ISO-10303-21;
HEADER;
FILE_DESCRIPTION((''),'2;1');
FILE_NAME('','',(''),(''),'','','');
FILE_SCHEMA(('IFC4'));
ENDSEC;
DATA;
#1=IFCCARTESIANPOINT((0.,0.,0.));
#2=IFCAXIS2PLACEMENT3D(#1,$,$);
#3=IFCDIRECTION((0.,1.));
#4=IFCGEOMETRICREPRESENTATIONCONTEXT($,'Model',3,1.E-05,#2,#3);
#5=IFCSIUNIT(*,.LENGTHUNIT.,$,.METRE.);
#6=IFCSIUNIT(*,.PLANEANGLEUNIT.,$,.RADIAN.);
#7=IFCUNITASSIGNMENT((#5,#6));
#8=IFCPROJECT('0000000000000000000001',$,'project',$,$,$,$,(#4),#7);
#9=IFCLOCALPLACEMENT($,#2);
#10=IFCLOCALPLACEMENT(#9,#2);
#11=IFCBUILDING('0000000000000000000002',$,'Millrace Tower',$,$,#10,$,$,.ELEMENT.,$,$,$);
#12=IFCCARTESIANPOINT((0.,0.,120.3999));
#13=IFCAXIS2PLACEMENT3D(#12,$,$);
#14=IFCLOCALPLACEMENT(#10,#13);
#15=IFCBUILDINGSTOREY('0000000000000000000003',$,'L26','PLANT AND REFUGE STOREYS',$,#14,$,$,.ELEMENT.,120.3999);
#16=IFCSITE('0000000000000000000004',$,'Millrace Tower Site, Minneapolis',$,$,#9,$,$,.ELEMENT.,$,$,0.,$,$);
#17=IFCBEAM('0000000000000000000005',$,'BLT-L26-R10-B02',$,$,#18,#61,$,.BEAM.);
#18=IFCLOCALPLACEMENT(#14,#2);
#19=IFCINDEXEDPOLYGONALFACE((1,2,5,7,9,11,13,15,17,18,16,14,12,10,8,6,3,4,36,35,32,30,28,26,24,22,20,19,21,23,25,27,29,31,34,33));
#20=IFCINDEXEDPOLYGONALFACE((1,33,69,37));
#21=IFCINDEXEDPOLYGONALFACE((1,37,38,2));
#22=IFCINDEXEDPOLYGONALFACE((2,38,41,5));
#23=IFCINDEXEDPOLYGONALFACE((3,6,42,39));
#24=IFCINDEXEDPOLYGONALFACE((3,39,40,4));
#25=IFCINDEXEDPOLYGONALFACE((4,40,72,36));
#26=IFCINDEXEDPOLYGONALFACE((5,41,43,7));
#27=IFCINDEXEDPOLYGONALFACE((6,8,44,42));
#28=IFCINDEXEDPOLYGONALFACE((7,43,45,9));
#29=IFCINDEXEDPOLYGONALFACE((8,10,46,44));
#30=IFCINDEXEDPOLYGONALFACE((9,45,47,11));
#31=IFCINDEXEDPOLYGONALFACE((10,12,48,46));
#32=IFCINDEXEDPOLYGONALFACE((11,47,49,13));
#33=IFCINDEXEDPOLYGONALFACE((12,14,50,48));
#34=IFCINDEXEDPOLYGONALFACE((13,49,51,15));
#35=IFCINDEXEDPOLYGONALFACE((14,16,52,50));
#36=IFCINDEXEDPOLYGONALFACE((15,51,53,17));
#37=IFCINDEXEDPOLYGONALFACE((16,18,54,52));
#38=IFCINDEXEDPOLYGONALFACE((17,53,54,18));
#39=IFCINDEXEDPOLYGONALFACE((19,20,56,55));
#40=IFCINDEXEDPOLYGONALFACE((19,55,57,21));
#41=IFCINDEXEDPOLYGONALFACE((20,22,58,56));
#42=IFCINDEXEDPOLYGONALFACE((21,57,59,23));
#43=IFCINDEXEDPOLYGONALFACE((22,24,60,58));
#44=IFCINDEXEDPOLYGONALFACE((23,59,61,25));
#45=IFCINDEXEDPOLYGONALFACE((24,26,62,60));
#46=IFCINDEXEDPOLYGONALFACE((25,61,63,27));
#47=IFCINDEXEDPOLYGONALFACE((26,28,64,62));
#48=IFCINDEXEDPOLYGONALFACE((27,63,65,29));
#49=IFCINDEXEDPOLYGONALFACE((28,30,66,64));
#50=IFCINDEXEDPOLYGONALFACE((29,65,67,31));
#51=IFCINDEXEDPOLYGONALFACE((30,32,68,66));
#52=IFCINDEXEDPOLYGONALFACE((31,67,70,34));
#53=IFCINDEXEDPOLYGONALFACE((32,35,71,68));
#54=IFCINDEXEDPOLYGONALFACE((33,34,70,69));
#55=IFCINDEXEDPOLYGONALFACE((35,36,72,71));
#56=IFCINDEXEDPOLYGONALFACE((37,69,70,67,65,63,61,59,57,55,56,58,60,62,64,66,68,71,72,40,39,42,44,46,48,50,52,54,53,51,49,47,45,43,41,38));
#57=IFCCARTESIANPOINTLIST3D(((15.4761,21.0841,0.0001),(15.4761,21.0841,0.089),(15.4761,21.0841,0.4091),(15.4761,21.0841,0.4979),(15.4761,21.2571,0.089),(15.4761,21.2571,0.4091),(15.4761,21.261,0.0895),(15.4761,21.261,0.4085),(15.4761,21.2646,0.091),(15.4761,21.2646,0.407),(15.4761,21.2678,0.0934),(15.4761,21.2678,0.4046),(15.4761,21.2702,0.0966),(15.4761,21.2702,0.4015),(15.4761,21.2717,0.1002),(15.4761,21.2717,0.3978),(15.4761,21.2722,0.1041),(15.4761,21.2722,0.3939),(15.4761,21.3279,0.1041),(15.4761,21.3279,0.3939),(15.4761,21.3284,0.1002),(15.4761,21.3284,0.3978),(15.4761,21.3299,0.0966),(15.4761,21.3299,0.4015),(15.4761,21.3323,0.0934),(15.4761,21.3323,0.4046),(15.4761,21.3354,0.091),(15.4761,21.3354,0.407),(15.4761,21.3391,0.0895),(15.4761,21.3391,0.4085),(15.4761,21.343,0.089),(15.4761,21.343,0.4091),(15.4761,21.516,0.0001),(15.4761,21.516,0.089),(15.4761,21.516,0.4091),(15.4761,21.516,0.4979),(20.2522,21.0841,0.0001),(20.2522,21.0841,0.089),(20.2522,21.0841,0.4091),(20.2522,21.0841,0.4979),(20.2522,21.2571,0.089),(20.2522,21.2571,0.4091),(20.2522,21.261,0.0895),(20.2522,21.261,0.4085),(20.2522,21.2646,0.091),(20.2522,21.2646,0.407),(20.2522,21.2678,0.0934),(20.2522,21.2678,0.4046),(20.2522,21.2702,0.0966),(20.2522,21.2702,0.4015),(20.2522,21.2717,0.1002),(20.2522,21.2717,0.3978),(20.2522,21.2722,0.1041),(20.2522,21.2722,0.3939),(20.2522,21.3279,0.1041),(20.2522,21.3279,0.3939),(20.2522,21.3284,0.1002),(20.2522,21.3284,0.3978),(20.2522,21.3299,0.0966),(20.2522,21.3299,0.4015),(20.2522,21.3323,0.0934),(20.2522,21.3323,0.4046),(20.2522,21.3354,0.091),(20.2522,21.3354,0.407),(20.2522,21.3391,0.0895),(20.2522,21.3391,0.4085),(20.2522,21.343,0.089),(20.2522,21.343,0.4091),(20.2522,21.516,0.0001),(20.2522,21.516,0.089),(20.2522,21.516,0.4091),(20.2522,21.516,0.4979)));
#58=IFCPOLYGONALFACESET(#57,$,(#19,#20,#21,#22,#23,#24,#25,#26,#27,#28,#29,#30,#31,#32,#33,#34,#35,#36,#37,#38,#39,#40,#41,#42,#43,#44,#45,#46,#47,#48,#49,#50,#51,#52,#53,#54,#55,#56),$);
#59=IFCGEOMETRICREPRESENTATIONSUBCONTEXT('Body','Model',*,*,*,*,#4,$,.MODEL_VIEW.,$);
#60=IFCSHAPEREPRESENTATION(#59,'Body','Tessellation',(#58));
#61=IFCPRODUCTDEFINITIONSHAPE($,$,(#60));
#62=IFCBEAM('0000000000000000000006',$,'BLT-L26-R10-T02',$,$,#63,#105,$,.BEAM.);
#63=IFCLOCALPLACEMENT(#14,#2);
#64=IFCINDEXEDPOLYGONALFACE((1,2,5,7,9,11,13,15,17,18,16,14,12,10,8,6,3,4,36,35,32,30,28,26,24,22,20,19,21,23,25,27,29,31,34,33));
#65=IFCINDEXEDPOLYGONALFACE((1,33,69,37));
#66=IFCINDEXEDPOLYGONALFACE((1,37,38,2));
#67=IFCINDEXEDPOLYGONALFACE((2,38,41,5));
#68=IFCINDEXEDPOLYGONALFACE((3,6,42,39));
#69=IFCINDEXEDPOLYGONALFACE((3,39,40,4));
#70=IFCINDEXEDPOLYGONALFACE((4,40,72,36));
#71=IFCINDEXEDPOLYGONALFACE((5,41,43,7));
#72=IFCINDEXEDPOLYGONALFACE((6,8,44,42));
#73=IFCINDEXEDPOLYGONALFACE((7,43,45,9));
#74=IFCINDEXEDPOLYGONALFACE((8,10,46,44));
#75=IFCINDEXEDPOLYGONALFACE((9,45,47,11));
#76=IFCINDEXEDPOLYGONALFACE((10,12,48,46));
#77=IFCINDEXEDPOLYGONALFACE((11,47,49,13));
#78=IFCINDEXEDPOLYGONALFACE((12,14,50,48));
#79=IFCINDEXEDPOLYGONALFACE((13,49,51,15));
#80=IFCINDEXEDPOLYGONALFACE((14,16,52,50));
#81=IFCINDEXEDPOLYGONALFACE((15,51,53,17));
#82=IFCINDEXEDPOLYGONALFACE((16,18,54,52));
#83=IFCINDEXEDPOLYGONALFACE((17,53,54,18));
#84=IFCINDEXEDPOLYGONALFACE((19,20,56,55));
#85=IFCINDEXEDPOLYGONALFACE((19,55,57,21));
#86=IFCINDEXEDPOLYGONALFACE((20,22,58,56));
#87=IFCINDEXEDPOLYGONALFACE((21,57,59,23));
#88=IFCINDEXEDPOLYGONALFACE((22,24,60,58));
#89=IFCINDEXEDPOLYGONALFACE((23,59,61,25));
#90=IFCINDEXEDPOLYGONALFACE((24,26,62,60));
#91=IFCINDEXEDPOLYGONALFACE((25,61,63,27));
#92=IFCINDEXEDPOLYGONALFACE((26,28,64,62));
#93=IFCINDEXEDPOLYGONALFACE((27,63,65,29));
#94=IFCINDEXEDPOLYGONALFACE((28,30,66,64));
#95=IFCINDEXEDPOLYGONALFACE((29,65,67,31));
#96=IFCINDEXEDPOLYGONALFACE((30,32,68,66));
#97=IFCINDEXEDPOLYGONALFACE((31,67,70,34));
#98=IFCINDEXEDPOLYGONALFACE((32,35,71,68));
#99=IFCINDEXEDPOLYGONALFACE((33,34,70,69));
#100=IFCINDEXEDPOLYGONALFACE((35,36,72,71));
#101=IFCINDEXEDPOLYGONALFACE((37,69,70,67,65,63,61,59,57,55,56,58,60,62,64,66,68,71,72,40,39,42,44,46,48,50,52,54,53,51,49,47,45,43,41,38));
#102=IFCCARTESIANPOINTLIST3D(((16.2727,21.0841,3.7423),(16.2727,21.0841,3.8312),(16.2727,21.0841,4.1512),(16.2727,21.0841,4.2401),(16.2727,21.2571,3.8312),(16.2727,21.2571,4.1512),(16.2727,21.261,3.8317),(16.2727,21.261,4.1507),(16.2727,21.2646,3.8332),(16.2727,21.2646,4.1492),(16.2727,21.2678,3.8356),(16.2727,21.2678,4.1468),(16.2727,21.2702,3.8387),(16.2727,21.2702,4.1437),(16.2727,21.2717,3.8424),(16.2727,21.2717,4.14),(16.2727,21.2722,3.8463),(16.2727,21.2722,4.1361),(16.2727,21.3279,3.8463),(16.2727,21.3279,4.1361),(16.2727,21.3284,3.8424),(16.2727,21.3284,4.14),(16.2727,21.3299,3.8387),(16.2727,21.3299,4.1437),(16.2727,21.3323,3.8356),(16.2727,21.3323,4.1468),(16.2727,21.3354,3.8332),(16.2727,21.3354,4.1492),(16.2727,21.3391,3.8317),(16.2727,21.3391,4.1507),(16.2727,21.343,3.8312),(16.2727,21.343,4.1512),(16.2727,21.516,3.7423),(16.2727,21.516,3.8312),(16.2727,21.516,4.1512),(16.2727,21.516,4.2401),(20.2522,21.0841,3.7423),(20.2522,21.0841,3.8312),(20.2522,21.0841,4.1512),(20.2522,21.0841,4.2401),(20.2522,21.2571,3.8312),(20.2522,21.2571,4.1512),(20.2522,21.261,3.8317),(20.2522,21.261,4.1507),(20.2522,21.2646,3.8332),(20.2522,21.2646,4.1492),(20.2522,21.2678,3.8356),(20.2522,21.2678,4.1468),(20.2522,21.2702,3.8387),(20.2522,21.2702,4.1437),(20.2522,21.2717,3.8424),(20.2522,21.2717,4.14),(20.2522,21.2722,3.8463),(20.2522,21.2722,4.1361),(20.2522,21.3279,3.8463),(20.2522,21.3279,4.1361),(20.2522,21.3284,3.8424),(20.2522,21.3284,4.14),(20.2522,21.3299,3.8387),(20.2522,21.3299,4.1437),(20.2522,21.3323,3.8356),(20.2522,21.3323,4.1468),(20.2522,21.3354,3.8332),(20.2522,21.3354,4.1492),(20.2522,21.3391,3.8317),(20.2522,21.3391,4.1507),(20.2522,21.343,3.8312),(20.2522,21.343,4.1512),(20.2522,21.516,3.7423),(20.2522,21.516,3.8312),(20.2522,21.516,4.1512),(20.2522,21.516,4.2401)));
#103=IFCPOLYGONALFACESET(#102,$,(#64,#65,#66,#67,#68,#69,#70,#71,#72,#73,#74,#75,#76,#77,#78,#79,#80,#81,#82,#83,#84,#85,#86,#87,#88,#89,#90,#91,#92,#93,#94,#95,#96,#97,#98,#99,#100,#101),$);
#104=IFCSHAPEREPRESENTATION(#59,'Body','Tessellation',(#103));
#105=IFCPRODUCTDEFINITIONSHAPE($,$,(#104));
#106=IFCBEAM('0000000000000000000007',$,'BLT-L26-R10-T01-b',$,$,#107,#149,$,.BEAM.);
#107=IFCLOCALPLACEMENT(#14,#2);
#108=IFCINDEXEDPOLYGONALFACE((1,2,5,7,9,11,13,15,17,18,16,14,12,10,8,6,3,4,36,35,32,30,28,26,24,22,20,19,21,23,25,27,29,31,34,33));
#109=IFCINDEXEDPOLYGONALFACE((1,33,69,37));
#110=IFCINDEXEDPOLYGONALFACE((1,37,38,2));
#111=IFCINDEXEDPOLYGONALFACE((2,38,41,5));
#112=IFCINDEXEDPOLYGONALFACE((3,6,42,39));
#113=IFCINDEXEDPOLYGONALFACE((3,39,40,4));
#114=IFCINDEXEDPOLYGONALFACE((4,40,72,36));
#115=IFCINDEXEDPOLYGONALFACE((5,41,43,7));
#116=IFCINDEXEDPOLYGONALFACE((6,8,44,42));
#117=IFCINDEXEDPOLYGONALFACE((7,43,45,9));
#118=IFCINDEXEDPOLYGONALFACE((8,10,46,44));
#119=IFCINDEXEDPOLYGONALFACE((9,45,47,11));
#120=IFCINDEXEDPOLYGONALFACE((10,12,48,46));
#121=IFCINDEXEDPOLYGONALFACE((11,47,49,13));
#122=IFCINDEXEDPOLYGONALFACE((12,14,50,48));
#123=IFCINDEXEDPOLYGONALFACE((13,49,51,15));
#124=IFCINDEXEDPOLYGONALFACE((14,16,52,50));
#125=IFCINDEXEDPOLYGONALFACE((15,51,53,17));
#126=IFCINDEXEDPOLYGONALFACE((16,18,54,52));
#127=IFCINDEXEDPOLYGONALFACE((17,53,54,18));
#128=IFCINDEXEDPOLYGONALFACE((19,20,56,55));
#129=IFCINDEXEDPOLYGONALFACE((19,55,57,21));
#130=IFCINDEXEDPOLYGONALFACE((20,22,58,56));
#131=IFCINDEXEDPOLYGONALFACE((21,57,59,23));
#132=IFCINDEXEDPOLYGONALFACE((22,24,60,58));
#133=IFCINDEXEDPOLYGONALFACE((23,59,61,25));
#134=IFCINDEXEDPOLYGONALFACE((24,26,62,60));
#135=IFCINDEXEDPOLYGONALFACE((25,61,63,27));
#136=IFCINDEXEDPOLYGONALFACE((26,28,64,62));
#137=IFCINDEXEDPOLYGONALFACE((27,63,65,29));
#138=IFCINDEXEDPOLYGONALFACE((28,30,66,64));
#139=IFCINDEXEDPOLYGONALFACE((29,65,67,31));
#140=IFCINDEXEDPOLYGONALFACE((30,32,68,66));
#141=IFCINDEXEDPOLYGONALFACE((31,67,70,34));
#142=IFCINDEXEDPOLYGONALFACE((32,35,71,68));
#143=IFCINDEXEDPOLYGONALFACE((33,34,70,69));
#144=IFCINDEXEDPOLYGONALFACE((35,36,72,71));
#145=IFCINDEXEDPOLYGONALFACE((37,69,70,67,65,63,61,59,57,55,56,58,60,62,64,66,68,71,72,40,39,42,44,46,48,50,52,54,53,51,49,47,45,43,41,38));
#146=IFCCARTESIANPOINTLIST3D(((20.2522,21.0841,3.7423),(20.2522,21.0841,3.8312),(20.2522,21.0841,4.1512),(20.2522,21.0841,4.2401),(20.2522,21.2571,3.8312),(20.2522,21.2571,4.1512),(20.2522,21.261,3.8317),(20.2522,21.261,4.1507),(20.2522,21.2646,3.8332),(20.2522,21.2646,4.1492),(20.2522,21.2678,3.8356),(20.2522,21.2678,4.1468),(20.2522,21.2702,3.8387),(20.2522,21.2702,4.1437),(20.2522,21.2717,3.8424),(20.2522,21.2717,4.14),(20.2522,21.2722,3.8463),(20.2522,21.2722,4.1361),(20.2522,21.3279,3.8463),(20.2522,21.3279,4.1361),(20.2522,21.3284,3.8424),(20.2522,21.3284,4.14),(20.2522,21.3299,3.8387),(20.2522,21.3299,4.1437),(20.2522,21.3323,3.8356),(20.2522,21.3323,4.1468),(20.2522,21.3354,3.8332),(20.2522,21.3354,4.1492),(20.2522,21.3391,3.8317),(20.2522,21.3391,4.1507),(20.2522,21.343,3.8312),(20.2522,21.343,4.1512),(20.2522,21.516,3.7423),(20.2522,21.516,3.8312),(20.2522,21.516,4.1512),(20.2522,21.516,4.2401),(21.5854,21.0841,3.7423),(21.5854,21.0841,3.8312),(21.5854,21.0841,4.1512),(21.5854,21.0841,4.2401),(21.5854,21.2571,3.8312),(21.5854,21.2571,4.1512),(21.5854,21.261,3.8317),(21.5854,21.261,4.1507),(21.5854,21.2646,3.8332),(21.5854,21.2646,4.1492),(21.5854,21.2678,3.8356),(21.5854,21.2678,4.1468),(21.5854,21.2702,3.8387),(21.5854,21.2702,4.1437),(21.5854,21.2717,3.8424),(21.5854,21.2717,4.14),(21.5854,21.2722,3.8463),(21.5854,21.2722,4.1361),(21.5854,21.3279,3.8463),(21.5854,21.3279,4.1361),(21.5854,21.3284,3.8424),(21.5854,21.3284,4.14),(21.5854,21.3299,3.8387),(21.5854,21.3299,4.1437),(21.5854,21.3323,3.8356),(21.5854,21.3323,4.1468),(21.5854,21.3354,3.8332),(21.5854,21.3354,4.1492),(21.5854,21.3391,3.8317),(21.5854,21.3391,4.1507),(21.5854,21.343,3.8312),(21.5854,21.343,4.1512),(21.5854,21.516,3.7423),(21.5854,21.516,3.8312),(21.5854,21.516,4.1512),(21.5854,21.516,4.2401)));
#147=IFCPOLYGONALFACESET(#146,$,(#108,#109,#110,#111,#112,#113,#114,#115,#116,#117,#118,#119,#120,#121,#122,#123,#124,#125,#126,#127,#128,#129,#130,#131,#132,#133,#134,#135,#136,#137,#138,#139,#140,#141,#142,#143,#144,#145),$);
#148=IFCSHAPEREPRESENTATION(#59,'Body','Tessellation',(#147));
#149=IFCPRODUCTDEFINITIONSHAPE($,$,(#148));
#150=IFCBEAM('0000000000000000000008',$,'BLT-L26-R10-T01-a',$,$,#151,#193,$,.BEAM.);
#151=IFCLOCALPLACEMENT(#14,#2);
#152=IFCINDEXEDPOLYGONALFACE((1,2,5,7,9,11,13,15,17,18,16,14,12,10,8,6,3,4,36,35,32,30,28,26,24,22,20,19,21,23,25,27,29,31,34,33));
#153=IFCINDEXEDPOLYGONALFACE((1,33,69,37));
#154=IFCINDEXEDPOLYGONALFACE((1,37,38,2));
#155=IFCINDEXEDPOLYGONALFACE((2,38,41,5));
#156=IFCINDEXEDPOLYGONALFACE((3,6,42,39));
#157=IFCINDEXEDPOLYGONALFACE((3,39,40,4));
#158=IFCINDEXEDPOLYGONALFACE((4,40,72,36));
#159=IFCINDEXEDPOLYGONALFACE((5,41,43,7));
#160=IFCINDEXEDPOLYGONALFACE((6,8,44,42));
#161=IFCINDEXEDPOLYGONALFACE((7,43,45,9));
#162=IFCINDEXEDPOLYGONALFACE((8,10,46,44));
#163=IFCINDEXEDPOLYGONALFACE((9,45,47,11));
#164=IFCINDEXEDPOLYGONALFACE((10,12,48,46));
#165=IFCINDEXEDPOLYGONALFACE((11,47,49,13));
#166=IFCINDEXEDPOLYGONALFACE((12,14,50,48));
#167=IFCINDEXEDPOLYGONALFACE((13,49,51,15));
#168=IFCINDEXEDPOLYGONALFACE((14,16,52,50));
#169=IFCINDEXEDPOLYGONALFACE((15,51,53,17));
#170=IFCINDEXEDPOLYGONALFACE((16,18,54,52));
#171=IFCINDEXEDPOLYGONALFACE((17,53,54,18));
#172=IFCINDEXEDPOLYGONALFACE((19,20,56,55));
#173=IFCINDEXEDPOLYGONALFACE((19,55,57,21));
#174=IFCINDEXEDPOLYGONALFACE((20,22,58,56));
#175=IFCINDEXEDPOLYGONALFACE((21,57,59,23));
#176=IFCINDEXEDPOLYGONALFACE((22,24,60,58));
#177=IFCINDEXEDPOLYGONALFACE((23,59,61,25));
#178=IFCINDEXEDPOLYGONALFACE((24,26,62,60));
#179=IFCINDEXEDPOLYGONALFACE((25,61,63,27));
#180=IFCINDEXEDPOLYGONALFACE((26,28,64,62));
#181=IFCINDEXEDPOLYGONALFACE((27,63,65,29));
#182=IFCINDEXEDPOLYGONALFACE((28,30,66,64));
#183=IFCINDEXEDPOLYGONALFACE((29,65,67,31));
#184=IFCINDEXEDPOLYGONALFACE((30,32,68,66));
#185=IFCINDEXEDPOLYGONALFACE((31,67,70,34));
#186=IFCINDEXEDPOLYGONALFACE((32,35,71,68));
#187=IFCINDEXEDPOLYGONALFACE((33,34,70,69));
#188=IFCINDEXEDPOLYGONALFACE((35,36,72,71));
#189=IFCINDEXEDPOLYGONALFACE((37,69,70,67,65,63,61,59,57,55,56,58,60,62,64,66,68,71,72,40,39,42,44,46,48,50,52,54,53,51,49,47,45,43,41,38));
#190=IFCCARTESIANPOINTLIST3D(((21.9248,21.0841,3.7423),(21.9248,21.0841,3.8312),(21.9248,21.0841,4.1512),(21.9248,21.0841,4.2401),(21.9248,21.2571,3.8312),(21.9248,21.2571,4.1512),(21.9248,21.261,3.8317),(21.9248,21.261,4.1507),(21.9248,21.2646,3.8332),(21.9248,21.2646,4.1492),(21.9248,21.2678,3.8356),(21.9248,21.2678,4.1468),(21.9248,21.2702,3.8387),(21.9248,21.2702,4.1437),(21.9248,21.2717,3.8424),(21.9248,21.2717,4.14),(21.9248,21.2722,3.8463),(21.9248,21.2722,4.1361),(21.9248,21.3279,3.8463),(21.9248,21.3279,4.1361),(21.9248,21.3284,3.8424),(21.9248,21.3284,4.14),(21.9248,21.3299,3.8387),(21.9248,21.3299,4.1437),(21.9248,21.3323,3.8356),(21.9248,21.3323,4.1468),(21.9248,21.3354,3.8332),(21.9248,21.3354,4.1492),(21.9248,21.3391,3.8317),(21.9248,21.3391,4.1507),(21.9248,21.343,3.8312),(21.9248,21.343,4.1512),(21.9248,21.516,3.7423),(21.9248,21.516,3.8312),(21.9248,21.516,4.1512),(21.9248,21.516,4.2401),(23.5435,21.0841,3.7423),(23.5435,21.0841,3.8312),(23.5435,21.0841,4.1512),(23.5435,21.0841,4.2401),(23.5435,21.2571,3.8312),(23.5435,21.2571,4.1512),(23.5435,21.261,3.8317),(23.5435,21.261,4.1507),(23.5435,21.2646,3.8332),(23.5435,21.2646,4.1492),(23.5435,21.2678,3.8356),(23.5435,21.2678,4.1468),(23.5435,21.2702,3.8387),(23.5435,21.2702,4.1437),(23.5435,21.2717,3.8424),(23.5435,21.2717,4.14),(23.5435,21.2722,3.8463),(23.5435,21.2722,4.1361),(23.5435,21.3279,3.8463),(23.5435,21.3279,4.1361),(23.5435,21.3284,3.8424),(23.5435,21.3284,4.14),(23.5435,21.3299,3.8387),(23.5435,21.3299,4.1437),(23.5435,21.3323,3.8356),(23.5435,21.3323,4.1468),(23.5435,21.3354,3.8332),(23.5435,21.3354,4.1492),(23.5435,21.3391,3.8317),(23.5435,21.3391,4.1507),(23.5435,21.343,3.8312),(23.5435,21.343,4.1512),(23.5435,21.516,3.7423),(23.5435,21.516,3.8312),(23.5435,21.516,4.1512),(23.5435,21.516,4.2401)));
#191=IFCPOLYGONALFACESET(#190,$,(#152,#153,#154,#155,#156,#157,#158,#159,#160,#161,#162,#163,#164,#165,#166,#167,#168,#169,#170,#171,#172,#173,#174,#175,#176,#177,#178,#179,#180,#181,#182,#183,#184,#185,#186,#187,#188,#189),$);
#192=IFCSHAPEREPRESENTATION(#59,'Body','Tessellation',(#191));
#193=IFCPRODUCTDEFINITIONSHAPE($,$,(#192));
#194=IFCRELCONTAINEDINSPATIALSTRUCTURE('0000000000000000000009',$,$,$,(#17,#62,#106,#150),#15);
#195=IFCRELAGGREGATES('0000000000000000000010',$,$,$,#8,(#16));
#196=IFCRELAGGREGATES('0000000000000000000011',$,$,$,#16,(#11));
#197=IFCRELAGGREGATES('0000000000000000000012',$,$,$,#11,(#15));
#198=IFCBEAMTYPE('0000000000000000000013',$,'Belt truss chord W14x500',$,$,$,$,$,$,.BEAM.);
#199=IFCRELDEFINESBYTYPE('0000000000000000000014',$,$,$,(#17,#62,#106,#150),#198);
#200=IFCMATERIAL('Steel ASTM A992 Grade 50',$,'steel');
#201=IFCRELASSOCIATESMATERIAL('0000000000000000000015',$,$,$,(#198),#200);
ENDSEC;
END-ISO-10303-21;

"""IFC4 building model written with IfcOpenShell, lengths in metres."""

from ifc_helpers import new_model, si_unit, direction, frame, origin, origin_2d, place, context, subcontext, project, spatial, i_section, extrude, material, material_profile, profile_set, type_object, element, save


model = new_model("IFC4")

# Units and contexts
model_context = context("Model", 3, precision=1e-05, world=origin(), true_north=direction((0.0, 1.0)))
body_context = subcontext(model_context, "Body", "Model", "MODEL_VIEW")
ifc_project = project(units=[si_unit("LENGTHUNIT", "METRE"), si_unit("PLANEANGLEUNIT", "RADIAN")], contexts=[model_context])

# Site, building, storey
site_placement = place(None, origin())
site = spatial("IfcSite", under=ifc_project, at=site_placement, Name="Millrace Tower Site, Minneapolis", CompositionType="ELEMENT", RefElevation=0.0)
building_placement = place(site_placement, origin())
building = spatial("IfcBuilding", under=site, at=building_placement, Name="Millrace Tower", CompositionType="ELEMENT")
storey_placement = place(building_placement, frame((0.0, 0.0, 120.3999)))
storey = spatial("IfcBuildingStorey", under=building, at=storey_placement, Name="L26", Description="PLANT AND REFUGE STOREYS", CompositionType="ELEMENT", Elevation=120.3999)

# Beams
ifc_material_1 = material(Name="Steel ASTM A992 Grade 50", Category="steel")
ifc_material_profile_1 = material_profile(ifc_material_1, i_section(OverallWidth=0.4319, OverallDepth=0.4978, WebThickness=0.0557, FlangeThickness=0.0889, FilletRadius=0.0151, at=origin_2d()))
ifc_profile_set_1 = profile_set([ifc_material_profile_1], Name="Steel ASTM A992 Grade 50")
beam_type_1 = type_object("IfcBeamType", Name="Belt truss chord W14x500", PredefinedType="BEAM", material=ifc_profile_set_1)
beam_1_placement = place(storey_placement, frame((20.2522, 21.3, 0.249), z_axis=(-1.0, 0.0, 0.0), x_axis=(0.0, -1.0, 0.0)))
element("IfcBeam", 1, at=beam_1_placement, inside=storey, type_object=beam_type_1, Name="BLT-L26-R10-B02", PredefinedType="BEAM", context=body_context, shape_type="SweptSolid", body=[
    extrude(i_section(OverallWidth=0.4319, OverallDepth=0.4978, WebThickness=0.0557, FlangeThickness=0.0889, FilletRadius=0.0151, at=origin_2d()), origin(), (0.0, 0.0, 1.0), 4.7761),
])
beam_2_placement = place(storey_placement, frame((20.2522, 21.3, 3.9912), z_axis=(-1.0, 0.0, 0.0), x_axis=(0.0, -1.0, 0.0)))
element("IfcBeam", 2, at=beam_2_placement, inside=storey, type_object=beam_type_1, Name="BLT-L26-R10-T02", PredefinedType="BEAM", context=body_context, shape_type="SweptSolid", body=[
    extrude(i_section(OverallWidth=0.4319, OverallDepth=0.4978, WebThickness=0.0557, FlangeThickness=0.0889, FilletRadius=0.0151, at=origin_2d()), origin(), (0.0, 0.0, 1.0), 3.9795),
])
beam_3_placement = place(storey_placement, frame((21.5854, 21.3, 3.9912), z_axis=(-1.0, 0.0, 0.0), x_axis=(0.0, -1.0, 0.0)))
element("IfcBeam", 3, at=beam_3_placement, inside=storey, type_object=beam_type_1, Name="BLT-L26-R10-T01-b", PredefinedType="BEAM", context=body_context, shape_type="SweptSolid", body=[
    extrude(i_section(OverallWidth=0.4319, OverallDepth=0.4978, WebThickness=0.0557, FlangeThickness=0.0889, FilletRadius=0.0151, at=origin_2d()), origin(), (0.0, 0.0, 1.0), 1.3333),
])
beam_4_placement = place(storey_placement, frame((23.5435, 21.3, 3.9912), z_axis=(-1.0, 0.0, 0.0), x_axis=(0.0, -1.0, 0.0)))
element("IfcBeam", 4, at=beam_4_placement, inside=storey, type_object=beam_type_1, Name="BLT-L26-R10-T01-a", PredefinedType="BEAM", context=body_context, shape_type="SweptSolid", body=[
    extrude(i_section(OverallWidth=0.4319, OverallDepth=0.4978, WebThickness=0.0557, FlangeThickness=0.0889, FilletRadius=0.0151, at=origin_2d()), origin(), (0.0, 0.0, 1.0), 1.6187),
])

save(model, "model.ifc")
